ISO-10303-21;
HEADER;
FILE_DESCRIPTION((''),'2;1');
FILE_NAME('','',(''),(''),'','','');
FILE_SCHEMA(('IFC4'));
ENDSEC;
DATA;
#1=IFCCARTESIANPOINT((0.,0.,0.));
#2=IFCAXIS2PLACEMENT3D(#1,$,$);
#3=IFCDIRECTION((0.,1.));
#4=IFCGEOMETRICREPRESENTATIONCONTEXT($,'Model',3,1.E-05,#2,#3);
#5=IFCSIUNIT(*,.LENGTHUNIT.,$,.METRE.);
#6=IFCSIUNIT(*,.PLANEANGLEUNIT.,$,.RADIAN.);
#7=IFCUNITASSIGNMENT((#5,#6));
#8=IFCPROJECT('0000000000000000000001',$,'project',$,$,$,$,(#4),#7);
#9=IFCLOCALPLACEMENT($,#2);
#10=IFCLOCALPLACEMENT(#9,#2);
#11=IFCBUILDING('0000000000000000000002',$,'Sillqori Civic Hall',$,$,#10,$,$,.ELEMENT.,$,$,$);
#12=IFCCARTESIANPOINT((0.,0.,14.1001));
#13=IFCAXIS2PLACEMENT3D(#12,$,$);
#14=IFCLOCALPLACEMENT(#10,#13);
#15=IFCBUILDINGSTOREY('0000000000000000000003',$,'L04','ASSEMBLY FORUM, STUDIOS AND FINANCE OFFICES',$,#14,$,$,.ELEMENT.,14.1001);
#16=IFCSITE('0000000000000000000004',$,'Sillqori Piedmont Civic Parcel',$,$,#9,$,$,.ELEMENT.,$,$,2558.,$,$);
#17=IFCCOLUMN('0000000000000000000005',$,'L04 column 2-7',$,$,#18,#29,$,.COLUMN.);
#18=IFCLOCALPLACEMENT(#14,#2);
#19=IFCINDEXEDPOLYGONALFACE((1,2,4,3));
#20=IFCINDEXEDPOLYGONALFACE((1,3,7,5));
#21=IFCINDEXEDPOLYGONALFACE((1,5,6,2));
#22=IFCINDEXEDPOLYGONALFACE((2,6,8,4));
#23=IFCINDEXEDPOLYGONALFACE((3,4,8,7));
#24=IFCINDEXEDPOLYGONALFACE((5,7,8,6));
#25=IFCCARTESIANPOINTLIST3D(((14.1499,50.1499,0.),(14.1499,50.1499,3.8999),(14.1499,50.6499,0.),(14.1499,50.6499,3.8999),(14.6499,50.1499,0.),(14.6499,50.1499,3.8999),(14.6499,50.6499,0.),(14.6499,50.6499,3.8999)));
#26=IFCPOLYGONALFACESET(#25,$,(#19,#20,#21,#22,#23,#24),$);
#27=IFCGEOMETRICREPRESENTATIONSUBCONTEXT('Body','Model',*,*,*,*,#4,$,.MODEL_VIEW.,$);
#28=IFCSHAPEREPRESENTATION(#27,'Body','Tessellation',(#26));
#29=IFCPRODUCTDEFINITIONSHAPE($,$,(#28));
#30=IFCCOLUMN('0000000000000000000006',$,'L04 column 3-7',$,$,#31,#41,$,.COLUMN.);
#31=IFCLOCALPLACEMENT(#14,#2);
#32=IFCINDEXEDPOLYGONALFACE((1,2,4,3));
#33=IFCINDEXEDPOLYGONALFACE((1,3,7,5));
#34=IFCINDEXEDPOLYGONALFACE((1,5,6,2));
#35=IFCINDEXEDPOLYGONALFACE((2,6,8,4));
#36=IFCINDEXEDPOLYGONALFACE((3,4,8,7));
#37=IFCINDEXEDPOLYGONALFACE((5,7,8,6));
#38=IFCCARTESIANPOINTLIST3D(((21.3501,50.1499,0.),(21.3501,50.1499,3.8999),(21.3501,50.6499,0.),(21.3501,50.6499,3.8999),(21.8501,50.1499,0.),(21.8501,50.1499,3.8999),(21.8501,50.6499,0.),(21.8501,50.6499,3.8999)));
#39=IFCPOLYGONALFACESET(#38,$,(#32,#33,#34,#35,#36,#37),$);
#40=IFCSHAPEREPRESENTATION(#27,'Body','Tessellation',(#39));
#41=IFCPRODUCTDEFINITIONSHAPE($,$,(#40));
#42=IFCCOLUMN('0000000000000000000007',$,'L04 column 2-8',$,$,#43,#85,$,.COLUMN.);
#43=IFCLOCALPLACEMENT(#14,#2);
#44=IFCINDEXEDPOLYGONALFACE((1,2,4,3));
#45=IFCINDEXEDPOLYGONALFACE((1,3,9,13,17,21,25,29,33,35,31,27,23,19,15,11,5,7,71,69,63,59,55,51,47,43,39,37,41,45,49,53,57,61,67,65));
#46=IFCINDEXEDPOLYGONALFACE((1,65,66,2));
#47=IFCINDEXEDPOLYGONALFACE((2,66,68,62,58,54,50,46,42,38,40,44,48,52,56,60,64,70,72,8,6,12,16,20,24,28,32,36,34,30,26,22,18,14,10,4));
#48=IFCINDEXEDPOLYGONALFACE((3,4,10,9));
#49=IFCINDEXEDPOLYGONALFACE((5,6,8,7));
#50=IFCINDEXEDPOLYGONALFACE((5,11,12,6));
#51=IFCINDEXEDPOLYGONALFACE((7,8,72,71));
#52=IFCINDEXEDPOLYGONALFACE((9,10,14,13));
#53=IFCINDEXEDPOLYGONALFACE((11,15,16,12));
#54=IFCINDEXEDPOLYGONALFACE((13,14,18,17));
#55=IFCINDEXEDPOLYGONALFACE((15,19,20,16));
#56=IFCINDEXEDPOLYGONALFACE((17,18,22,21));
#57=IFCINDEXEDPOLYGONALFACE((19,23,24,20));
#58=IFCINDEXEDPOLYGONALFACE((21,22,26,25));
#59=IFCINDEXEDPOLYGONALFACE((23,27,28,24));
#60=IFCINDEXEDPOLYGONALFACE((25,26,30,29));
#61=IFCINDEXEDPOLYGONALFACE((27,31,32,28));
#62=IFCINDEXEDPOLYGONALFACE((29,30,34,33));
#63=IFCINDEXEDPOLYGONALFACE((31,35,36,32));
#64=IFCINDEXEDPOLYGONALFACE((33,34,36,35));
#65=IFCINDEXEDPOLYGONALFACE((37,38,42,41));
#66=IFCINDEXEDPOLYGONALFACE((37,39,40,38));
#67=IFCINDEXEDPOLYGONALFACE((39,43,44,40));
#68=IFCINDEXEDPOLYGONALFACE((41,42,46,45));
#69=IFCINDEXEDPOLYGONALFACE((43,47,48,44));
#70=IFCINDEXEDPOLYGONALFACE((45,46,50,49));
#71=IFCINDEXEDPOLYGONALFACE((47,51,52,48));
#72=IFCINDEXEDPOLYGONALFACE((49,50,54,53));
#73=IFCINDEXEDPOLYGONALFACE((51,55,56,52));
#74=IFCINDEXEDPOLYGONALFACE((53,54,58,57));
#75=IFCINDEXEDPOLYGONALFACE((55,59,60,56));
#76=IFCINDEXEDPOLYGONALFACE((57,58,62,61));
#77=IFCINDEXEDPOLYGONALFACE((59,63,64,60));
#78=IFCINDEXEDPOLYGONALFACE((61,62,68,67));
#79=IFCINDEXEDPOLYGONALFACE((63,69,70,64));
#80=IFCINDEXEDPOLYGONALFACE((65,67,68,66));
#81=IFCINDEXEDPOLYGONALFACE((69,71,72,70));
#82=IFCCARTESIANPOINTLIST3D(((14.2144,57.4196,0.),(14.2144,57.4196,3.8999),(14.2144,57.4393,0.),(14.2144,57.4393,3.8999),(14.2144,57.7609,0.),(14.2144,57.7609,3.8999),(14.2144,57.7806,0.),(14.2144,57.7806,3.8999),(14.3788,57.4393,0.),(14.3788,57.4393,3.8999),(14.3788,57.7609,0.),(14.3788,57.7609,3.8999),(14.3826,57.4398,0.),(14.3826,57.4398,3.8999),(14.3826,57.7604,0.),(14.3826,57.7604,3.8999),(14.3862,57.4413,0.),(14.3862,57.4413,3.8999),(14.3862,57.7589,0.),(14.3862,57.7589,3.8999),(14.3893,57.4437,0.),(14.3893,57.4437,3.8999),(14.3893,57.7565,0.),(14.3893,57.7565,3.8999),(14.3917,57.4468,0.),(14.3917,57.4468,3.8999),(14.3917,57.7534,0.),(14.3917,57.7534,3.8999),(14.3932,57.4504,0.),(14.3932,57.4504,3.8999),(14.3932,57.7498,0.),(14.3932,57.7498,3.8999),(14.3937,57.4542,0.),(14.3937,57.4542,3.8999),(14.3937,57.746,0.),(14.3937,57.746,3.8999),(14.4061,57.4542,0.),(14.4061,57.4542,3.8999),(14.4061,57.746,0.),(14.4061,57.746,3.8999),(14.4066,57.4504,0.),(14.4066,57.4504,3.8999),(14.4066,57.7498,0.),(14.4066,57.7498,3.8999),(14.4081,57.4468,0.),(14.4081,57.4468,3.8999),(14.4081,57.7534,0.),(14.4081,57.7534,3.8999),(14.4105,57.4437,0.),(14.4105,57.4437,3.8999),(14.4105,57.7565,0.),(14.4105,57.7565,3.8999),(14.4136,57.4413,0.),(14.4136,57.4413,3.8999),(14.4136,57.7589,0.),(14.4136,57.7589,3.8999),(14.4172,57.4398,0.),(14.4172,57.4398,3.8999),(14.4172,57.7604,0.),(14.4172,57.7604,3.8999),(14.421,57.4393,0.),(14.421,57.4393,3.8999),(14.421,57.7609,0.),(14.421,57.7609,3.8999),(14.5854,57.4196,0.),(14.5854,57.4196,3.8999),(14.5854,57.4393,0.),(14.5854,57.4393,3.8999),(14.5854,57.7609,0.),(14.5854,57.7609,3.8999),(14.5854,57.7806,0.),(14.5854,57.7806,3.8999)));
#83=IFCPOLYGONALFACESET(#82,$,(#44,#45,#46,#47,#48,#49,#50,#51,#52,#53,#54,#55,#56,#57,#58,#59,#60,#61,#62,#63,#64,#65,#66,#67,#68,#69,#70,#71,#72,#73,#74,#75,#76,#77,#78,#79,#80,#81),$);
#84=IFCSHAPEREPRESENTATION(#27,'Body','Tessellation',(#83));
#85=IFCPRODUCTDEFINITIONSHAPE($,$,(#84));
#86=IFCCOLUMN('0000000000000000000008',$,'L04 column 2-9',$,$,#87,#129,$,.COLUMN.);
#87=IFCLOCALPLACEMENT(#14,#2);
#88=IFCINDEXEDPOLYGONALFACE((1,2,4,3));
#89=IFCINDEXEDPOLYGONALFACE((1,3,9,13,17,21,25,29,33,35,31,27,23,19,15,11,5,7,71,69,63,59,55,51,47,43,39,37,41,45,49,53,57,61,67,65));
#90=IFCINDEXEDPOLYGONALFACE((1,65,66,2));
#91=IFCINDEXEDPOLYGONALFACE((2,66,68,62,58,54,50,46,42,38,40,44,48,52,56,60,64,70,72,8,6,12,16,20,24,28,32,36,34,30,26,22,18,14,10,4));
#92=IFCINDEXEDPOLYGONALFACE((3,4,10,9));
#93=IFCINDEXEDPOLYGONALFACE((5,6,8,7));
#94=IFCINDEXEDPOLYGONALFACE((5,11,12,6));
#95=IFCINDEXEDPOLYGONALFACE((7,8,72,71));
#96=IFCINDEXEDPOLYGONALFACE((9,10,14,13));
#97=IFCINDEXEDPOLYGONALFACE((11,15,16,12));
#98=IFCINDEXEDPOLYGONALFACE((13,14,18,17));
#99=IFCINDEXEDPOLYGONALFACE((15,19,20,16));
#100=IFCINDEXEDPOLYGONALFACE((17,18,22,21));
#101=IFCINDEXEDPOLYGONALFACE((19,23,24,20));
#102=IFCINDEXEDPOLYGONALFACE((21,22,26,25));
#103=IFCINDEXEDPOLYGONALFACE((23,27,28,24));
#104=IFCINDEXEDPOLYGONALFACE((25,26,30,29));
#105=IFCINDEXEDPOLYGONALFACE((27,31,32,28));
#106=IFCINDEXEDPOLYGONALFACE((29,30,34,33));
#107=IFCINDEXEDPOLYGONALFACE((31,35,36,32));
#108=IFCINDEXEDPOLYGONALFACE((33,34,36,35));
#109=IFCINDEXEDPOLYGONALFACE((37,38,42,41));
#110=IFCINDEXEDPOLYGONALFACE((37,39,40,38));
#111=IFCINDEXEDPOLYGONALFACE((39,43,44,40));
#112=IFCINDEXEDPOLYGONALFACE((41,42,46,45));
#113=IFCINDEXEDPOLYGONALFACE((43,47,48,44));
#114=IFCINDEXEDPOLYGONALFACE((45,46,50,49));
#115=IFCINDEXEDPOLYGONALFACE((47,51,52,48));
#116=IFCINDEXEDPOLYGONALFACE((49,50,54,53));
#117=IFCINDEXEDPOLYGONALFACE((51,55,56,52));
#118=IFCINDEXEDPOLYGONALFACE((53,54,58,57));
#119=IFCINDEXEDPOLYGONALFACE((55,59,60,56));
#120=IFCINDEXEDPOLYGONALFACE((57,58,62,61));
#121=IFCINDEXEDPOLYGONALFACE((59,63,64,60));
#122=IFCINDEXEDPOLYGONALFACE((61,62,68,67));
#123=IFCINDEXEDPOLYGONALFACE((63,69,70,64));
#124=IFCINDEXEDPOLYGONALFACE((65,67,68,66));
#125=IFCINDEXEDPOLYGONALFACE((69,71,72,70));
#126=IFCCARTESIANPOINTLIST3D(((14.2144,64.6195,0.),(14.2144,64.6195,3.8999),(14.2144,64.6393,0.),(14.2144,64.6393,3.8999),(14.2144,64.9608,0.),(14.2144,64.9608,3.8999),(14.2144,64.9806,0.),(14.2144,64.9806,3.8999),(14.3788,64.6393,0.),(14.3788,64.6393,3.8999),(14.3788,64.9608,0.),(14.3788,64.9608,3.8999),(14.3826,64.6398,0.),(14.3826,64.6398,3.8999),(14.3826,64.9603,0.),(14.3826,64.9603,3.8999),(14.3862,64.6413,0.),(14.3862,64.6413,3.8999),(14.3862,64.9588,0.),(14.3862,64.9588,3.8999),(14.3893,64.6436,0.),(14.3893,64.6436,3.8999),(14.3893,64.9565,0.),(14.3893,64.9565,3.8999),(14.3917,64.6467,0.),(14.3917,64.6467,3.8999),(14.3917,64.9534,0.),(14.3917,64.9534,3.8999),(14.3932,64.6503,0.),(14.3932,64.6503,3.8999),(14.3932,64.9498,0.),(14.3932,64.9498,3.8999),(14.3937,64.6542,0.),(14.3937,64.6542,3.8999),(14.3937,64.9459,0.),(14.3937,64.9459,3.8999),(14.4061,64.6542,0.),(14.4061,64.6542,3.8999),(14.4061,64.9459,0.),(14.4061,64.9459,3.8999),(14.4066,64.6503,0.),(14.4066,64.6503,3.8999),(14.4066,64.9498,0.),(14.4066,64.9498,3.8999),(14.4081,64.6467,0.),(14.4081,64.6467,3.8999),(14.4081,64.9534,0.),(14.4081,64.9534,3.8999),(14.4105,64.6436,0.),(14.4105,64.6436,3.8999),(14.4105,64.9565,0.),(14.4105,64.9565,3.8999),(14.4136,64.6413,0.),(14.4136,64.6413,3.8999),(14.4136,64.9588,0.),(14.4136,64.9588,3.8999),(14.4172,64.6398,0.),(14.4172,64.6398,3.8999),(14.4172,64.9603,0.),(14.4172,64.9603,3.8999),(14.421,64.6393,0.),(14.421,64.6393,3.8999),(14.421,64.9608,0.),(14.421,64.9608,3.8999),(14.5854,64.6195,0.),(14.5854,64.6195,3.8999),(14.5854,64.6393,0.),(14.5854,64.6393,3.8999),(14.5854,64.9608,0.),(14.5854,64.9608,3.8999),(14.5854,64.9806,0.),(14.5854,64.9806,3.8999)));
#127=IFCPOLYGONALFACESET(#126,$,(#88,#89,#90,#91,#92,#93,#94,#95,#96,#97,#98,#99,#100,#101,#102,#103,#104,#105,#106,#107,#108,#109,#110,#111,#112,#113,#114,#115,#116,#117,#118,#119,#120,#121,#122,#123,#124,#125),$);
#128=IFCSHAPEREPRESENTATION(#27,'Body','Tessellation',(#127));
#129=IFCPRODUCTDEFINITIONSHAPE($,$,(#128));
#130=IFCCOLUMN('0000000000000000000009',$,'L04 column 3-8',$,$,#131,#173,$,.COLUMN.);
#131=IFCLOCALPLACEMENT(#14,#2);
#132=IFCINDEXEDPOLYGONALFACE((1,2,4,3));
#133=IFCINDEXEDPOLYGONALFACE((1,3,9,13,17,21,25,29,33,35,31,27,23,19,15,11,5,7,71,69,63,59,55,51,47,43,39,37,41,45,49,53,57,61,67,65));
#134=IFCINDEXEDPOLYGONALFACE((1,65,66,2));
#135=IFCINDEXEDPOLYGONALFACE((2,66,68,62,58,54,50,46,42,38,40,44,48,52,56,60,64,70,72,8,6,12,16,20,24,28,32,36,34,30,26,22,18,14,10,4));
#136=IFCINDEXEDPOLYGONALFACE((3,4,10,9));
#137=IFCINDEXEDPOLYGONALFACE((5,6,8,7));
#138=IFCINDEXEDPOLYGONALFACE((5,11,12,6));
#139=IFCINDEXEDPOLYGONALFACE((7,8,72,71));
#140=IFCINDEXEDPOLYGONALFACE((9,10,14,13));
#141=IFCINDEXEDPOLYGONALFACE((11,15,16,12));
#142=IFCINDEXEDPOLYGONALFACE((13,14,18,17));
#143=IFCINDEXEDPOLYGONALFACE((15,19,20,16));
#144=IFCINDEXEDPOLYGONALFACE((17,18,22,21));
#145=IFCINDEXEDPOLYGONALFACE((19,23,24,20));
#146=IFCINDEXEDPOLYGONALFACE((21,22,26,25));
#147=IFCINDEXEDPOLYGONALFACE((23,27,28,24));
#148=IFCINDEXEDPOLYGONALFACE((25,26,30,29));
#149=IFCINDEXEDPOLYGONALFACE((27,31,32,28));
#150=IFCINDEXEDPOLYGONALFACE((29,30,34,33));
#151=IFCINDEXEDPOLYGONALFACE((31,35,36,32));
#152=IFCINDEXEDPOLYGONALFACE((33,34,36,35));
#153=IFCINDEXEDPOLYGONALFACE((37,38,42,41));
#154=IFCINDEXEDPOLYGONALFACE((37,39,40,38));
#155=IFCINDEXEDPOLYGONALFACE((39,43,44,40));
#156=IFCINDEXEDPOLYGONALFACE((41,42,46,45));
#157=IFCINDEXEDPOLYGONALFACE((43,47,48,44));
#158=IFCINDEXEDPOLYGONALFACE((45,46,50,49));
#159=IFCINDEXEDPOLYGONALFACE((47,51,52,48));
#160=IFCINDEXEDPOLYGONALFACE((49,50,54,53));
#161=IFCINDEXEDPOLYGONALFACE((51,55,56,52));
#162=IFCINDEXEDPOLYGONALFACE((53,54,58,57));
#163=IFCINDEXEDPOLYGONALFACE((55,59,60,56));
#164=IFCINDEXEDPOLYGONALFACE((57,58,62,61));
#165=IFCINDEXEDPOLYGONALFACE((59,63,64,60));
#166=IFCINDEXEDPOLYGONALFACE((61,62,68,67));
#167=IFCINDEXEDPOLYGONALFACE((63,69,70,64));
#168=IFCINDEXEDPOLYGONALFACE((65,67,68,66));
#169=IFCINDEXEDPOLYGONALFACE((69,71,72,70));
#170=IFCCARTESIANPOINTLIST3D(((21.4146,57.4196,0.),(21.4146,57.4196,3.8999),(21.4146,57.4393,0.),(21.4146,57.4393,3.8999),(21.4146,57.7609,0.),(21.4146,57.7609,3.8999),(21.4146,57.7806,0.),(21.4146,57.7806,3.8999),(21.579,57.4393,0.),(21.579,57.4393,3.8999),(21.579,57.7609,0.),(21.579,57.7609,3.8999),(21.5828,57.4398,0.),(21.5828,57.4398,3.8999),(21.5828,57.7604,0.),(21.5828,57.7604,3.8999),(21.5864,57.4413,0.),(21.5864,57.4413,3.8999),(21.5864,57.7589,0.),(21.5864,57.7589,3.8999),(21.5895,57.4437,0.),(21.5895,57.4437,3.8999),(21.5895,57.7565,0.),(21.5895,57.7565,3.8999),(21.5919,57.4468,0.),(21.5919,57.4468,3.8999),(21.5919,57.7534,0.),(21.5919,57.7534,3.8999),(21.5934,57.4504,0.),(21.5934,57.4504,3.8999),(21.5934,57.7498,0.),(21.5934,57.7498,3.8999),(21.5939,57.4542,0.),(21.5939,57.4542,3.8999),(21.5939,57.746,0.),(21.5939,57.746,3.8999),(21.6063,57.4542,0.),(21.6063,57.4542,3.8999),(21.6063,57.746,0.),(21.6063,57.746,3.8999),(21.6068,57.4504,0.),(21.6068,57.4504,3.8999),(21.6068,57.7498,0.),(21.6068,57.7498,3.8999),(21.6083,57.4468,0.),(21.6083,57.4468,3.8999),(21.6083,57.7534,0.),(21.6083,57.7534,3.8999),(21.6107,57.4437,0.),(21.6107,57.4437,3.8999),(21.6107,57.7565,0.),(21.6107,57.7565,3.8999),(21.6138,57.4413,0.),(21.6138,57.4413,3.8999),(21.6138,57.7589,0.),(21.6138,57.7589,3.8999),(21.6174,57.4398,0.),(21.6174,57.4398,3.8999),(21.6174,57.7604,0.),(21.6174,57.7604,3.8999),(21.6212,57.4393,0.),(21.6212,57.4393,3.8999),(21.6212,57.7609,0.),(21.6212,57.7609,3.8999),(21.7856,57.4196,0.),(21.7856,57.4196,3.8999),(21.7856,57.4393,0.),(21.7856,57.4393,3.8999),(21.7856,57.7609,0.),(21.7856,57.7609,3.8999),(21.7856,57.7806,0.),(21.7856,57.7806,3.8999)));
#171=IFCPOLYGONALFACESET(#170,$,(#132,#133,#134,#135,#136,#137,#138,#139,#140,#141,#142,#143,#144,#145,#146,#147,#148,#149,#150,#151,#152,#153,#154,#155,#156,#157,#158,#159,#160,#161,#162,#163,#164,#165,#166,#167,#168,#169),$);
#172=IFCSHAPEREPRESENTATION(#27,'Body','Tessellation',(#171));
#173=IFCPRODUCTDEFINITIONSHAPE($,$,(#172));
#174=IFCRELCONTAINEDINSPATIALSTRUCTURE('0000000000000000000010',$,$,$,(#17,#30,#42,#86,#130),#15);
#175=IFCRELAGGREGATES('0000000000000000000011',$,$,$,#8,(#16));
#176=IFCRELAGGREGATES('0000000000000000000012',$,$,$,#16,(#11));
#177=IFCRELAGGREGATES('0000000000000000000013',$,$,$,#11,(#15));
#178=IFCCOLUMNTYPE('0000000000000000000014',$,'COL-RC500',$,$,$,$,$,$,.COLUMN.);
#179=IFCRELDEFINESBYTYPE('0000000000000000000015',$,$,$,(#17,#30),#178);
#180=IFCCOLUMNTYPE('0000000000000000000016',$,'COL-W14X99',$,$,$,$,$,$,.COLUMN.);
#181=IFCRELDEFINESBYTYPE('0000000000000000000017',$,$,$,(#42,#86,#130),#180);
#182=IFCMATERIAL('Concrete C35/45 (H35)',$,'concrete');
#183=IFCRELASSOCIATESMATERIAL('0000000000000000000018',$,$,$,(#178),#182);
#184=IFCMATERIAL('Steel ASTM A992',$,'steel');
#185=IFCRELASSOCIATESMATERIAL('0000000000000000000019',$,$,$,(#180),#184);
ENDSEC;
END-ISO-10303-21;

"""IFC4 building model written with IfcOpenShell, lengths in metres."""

from ifc_helpers import new_model, si_unit, direction, frame, origin, origin_2d, place, context, subcontext, project, spatial, rectangle, i_section, extrude, material, material_profile, profile_set, type_object, element, save


model = new_model("IFC4")

# Units and contexts
model_context = context("Model", 3, precision=1e-05, world=origin(), true_north=direction((0.0, 1.0)))
body_context = subcontext(model_context, "Body", "Model", "MODEL_VIEW")
ifc_project = project(units=[si_unit("LENGTHUNIT", "METRE"), si_unit("PLANEANGLEUNIT", "RADIAN")], contexts=[model_context])

# Site, building, storey
site_placement = place(None, origin())
site = spatial("IfcSite", under=ifc_project, at=site_placement, Name="Sillqori Piedmont Civic Parcel", CompositionType="ELEMENT", RefElevation=2558.0)
building_placement = place(site_placement, origin())
building = spatial("IfcBuilding", under=site, at=building_placement, Name="Sillqori Civic Hall", CompositionType="ELEMENT")
storey_placement = place(building_placement, frame((0.0, 0.0, 14.1001)))
storey = spatial("IfcBuildingStorey", under=building, at=storey_placement, Name="L04", Description="ASSEMBLY FORUM, STUDIOS AND FINANCE OFFICES", CompositionType="ELEMENT", Elevation=14.1001)

# Columns
ifc_material_1 = material(Name="Concrete C35/45 (H35)", Category="concrete")
ifc_material_profile_1 = material_profile(ifc_material_1, rectangle(XDim=0.5, YDim=0.5, at=origin_2d()), Name="RC 500x500")
ifc_profile_set_1 = profile_set([ifc_material_profile_1], Name="Concrete C35/45 (H35)")
column_type_1 = type_object("IfcColumnType", Name="COL-RC500", PredefinedType="COLUMN", material=ifc_profile_set_1)
for number, where, z_axis, x_axis, name in (
    (1, (14.3999, 50.3999, 0.0), (0.0, 0.0, 1.0), (1.0, 0.0, 0.0), "L04 column 2-7"),
    (2, (21.6001, 50.3999, 0.0), (0.0, 0.0, 1.0), (1.0, 0.0, 0.0), "L04 column 3-7"),
):
    element("IfcColumn", number, at=place(storey_placement, frame(where, z_axis=z_axis, x_axis=x_axis)), inside=storey, type_object=column_type_1, Name=name, PredefinedType="COLUMN", context=body_context, shape_type="SweptSolid", body=[
        extrude(rectangle(XDim=0.5, YDim=0.5, at=origin_2d()), origin(), (0.0, 0.0, 1.0), 3.8999),
    ])
ifc_material_2 = material(Name="Steel ASTM A992", Category="steel")
ifc_material_profile_2 = material_profile(ifc_material_2, i_section(OverallWidth=0.3711, OverallDepth=0.3611, WebThickness=0.0125, FlangeThickness=0.0198, FilletRadius=0.0149, at=origin_2d()), Name="W14X99")
ifc_profile_set_2 = profile_set([ifc_material_profile_2], Name="Steel ASTM A992")
column_type_2 = type_object("IfcColumnType", Name="COL-W14X99", PredefinedType="COLUMN", material=ifc_profile_set_2)
for number, where, z_axis, x_axis, name in (
    (3, (14.3999, 57.6001, 0.0), (0.0, 0.0, 1.0), (1.0, 0.0, 0.0), "L04 column 2-8"),
    (4, (14.3999, 64.8, 0.0), (0.0, 0.0, 1.0), (1.0, 0.0, 0.0), "L04 column 2-9"),
    (5, (21.6001, 57.6001, 0.0), (0.0, 0.0, 1.0), (1.0, 0.0, 0.0), "L04 column 3-8"),
):
    element("IfcColumn", number, at=place(storey_placement, frame(where, z_axis=z_axis, x_axis=x_axis)), inside=storey, type_object=column_type_2, Name=name, PredefinedType="COLUMN", context=body_context, shape_type="SweptSolid", body=[
        extrude(i_section(OverallWidth=0.3711, OverallDepth=0.3611, WebThickness=0.0125, FlangeThickness=0.0198, FilletRadius=0.0149, at=origin_2d()), origin(), (0.0, 0.0, 1.0), 3.8999),
    ])

save(model, "model.ifc")
